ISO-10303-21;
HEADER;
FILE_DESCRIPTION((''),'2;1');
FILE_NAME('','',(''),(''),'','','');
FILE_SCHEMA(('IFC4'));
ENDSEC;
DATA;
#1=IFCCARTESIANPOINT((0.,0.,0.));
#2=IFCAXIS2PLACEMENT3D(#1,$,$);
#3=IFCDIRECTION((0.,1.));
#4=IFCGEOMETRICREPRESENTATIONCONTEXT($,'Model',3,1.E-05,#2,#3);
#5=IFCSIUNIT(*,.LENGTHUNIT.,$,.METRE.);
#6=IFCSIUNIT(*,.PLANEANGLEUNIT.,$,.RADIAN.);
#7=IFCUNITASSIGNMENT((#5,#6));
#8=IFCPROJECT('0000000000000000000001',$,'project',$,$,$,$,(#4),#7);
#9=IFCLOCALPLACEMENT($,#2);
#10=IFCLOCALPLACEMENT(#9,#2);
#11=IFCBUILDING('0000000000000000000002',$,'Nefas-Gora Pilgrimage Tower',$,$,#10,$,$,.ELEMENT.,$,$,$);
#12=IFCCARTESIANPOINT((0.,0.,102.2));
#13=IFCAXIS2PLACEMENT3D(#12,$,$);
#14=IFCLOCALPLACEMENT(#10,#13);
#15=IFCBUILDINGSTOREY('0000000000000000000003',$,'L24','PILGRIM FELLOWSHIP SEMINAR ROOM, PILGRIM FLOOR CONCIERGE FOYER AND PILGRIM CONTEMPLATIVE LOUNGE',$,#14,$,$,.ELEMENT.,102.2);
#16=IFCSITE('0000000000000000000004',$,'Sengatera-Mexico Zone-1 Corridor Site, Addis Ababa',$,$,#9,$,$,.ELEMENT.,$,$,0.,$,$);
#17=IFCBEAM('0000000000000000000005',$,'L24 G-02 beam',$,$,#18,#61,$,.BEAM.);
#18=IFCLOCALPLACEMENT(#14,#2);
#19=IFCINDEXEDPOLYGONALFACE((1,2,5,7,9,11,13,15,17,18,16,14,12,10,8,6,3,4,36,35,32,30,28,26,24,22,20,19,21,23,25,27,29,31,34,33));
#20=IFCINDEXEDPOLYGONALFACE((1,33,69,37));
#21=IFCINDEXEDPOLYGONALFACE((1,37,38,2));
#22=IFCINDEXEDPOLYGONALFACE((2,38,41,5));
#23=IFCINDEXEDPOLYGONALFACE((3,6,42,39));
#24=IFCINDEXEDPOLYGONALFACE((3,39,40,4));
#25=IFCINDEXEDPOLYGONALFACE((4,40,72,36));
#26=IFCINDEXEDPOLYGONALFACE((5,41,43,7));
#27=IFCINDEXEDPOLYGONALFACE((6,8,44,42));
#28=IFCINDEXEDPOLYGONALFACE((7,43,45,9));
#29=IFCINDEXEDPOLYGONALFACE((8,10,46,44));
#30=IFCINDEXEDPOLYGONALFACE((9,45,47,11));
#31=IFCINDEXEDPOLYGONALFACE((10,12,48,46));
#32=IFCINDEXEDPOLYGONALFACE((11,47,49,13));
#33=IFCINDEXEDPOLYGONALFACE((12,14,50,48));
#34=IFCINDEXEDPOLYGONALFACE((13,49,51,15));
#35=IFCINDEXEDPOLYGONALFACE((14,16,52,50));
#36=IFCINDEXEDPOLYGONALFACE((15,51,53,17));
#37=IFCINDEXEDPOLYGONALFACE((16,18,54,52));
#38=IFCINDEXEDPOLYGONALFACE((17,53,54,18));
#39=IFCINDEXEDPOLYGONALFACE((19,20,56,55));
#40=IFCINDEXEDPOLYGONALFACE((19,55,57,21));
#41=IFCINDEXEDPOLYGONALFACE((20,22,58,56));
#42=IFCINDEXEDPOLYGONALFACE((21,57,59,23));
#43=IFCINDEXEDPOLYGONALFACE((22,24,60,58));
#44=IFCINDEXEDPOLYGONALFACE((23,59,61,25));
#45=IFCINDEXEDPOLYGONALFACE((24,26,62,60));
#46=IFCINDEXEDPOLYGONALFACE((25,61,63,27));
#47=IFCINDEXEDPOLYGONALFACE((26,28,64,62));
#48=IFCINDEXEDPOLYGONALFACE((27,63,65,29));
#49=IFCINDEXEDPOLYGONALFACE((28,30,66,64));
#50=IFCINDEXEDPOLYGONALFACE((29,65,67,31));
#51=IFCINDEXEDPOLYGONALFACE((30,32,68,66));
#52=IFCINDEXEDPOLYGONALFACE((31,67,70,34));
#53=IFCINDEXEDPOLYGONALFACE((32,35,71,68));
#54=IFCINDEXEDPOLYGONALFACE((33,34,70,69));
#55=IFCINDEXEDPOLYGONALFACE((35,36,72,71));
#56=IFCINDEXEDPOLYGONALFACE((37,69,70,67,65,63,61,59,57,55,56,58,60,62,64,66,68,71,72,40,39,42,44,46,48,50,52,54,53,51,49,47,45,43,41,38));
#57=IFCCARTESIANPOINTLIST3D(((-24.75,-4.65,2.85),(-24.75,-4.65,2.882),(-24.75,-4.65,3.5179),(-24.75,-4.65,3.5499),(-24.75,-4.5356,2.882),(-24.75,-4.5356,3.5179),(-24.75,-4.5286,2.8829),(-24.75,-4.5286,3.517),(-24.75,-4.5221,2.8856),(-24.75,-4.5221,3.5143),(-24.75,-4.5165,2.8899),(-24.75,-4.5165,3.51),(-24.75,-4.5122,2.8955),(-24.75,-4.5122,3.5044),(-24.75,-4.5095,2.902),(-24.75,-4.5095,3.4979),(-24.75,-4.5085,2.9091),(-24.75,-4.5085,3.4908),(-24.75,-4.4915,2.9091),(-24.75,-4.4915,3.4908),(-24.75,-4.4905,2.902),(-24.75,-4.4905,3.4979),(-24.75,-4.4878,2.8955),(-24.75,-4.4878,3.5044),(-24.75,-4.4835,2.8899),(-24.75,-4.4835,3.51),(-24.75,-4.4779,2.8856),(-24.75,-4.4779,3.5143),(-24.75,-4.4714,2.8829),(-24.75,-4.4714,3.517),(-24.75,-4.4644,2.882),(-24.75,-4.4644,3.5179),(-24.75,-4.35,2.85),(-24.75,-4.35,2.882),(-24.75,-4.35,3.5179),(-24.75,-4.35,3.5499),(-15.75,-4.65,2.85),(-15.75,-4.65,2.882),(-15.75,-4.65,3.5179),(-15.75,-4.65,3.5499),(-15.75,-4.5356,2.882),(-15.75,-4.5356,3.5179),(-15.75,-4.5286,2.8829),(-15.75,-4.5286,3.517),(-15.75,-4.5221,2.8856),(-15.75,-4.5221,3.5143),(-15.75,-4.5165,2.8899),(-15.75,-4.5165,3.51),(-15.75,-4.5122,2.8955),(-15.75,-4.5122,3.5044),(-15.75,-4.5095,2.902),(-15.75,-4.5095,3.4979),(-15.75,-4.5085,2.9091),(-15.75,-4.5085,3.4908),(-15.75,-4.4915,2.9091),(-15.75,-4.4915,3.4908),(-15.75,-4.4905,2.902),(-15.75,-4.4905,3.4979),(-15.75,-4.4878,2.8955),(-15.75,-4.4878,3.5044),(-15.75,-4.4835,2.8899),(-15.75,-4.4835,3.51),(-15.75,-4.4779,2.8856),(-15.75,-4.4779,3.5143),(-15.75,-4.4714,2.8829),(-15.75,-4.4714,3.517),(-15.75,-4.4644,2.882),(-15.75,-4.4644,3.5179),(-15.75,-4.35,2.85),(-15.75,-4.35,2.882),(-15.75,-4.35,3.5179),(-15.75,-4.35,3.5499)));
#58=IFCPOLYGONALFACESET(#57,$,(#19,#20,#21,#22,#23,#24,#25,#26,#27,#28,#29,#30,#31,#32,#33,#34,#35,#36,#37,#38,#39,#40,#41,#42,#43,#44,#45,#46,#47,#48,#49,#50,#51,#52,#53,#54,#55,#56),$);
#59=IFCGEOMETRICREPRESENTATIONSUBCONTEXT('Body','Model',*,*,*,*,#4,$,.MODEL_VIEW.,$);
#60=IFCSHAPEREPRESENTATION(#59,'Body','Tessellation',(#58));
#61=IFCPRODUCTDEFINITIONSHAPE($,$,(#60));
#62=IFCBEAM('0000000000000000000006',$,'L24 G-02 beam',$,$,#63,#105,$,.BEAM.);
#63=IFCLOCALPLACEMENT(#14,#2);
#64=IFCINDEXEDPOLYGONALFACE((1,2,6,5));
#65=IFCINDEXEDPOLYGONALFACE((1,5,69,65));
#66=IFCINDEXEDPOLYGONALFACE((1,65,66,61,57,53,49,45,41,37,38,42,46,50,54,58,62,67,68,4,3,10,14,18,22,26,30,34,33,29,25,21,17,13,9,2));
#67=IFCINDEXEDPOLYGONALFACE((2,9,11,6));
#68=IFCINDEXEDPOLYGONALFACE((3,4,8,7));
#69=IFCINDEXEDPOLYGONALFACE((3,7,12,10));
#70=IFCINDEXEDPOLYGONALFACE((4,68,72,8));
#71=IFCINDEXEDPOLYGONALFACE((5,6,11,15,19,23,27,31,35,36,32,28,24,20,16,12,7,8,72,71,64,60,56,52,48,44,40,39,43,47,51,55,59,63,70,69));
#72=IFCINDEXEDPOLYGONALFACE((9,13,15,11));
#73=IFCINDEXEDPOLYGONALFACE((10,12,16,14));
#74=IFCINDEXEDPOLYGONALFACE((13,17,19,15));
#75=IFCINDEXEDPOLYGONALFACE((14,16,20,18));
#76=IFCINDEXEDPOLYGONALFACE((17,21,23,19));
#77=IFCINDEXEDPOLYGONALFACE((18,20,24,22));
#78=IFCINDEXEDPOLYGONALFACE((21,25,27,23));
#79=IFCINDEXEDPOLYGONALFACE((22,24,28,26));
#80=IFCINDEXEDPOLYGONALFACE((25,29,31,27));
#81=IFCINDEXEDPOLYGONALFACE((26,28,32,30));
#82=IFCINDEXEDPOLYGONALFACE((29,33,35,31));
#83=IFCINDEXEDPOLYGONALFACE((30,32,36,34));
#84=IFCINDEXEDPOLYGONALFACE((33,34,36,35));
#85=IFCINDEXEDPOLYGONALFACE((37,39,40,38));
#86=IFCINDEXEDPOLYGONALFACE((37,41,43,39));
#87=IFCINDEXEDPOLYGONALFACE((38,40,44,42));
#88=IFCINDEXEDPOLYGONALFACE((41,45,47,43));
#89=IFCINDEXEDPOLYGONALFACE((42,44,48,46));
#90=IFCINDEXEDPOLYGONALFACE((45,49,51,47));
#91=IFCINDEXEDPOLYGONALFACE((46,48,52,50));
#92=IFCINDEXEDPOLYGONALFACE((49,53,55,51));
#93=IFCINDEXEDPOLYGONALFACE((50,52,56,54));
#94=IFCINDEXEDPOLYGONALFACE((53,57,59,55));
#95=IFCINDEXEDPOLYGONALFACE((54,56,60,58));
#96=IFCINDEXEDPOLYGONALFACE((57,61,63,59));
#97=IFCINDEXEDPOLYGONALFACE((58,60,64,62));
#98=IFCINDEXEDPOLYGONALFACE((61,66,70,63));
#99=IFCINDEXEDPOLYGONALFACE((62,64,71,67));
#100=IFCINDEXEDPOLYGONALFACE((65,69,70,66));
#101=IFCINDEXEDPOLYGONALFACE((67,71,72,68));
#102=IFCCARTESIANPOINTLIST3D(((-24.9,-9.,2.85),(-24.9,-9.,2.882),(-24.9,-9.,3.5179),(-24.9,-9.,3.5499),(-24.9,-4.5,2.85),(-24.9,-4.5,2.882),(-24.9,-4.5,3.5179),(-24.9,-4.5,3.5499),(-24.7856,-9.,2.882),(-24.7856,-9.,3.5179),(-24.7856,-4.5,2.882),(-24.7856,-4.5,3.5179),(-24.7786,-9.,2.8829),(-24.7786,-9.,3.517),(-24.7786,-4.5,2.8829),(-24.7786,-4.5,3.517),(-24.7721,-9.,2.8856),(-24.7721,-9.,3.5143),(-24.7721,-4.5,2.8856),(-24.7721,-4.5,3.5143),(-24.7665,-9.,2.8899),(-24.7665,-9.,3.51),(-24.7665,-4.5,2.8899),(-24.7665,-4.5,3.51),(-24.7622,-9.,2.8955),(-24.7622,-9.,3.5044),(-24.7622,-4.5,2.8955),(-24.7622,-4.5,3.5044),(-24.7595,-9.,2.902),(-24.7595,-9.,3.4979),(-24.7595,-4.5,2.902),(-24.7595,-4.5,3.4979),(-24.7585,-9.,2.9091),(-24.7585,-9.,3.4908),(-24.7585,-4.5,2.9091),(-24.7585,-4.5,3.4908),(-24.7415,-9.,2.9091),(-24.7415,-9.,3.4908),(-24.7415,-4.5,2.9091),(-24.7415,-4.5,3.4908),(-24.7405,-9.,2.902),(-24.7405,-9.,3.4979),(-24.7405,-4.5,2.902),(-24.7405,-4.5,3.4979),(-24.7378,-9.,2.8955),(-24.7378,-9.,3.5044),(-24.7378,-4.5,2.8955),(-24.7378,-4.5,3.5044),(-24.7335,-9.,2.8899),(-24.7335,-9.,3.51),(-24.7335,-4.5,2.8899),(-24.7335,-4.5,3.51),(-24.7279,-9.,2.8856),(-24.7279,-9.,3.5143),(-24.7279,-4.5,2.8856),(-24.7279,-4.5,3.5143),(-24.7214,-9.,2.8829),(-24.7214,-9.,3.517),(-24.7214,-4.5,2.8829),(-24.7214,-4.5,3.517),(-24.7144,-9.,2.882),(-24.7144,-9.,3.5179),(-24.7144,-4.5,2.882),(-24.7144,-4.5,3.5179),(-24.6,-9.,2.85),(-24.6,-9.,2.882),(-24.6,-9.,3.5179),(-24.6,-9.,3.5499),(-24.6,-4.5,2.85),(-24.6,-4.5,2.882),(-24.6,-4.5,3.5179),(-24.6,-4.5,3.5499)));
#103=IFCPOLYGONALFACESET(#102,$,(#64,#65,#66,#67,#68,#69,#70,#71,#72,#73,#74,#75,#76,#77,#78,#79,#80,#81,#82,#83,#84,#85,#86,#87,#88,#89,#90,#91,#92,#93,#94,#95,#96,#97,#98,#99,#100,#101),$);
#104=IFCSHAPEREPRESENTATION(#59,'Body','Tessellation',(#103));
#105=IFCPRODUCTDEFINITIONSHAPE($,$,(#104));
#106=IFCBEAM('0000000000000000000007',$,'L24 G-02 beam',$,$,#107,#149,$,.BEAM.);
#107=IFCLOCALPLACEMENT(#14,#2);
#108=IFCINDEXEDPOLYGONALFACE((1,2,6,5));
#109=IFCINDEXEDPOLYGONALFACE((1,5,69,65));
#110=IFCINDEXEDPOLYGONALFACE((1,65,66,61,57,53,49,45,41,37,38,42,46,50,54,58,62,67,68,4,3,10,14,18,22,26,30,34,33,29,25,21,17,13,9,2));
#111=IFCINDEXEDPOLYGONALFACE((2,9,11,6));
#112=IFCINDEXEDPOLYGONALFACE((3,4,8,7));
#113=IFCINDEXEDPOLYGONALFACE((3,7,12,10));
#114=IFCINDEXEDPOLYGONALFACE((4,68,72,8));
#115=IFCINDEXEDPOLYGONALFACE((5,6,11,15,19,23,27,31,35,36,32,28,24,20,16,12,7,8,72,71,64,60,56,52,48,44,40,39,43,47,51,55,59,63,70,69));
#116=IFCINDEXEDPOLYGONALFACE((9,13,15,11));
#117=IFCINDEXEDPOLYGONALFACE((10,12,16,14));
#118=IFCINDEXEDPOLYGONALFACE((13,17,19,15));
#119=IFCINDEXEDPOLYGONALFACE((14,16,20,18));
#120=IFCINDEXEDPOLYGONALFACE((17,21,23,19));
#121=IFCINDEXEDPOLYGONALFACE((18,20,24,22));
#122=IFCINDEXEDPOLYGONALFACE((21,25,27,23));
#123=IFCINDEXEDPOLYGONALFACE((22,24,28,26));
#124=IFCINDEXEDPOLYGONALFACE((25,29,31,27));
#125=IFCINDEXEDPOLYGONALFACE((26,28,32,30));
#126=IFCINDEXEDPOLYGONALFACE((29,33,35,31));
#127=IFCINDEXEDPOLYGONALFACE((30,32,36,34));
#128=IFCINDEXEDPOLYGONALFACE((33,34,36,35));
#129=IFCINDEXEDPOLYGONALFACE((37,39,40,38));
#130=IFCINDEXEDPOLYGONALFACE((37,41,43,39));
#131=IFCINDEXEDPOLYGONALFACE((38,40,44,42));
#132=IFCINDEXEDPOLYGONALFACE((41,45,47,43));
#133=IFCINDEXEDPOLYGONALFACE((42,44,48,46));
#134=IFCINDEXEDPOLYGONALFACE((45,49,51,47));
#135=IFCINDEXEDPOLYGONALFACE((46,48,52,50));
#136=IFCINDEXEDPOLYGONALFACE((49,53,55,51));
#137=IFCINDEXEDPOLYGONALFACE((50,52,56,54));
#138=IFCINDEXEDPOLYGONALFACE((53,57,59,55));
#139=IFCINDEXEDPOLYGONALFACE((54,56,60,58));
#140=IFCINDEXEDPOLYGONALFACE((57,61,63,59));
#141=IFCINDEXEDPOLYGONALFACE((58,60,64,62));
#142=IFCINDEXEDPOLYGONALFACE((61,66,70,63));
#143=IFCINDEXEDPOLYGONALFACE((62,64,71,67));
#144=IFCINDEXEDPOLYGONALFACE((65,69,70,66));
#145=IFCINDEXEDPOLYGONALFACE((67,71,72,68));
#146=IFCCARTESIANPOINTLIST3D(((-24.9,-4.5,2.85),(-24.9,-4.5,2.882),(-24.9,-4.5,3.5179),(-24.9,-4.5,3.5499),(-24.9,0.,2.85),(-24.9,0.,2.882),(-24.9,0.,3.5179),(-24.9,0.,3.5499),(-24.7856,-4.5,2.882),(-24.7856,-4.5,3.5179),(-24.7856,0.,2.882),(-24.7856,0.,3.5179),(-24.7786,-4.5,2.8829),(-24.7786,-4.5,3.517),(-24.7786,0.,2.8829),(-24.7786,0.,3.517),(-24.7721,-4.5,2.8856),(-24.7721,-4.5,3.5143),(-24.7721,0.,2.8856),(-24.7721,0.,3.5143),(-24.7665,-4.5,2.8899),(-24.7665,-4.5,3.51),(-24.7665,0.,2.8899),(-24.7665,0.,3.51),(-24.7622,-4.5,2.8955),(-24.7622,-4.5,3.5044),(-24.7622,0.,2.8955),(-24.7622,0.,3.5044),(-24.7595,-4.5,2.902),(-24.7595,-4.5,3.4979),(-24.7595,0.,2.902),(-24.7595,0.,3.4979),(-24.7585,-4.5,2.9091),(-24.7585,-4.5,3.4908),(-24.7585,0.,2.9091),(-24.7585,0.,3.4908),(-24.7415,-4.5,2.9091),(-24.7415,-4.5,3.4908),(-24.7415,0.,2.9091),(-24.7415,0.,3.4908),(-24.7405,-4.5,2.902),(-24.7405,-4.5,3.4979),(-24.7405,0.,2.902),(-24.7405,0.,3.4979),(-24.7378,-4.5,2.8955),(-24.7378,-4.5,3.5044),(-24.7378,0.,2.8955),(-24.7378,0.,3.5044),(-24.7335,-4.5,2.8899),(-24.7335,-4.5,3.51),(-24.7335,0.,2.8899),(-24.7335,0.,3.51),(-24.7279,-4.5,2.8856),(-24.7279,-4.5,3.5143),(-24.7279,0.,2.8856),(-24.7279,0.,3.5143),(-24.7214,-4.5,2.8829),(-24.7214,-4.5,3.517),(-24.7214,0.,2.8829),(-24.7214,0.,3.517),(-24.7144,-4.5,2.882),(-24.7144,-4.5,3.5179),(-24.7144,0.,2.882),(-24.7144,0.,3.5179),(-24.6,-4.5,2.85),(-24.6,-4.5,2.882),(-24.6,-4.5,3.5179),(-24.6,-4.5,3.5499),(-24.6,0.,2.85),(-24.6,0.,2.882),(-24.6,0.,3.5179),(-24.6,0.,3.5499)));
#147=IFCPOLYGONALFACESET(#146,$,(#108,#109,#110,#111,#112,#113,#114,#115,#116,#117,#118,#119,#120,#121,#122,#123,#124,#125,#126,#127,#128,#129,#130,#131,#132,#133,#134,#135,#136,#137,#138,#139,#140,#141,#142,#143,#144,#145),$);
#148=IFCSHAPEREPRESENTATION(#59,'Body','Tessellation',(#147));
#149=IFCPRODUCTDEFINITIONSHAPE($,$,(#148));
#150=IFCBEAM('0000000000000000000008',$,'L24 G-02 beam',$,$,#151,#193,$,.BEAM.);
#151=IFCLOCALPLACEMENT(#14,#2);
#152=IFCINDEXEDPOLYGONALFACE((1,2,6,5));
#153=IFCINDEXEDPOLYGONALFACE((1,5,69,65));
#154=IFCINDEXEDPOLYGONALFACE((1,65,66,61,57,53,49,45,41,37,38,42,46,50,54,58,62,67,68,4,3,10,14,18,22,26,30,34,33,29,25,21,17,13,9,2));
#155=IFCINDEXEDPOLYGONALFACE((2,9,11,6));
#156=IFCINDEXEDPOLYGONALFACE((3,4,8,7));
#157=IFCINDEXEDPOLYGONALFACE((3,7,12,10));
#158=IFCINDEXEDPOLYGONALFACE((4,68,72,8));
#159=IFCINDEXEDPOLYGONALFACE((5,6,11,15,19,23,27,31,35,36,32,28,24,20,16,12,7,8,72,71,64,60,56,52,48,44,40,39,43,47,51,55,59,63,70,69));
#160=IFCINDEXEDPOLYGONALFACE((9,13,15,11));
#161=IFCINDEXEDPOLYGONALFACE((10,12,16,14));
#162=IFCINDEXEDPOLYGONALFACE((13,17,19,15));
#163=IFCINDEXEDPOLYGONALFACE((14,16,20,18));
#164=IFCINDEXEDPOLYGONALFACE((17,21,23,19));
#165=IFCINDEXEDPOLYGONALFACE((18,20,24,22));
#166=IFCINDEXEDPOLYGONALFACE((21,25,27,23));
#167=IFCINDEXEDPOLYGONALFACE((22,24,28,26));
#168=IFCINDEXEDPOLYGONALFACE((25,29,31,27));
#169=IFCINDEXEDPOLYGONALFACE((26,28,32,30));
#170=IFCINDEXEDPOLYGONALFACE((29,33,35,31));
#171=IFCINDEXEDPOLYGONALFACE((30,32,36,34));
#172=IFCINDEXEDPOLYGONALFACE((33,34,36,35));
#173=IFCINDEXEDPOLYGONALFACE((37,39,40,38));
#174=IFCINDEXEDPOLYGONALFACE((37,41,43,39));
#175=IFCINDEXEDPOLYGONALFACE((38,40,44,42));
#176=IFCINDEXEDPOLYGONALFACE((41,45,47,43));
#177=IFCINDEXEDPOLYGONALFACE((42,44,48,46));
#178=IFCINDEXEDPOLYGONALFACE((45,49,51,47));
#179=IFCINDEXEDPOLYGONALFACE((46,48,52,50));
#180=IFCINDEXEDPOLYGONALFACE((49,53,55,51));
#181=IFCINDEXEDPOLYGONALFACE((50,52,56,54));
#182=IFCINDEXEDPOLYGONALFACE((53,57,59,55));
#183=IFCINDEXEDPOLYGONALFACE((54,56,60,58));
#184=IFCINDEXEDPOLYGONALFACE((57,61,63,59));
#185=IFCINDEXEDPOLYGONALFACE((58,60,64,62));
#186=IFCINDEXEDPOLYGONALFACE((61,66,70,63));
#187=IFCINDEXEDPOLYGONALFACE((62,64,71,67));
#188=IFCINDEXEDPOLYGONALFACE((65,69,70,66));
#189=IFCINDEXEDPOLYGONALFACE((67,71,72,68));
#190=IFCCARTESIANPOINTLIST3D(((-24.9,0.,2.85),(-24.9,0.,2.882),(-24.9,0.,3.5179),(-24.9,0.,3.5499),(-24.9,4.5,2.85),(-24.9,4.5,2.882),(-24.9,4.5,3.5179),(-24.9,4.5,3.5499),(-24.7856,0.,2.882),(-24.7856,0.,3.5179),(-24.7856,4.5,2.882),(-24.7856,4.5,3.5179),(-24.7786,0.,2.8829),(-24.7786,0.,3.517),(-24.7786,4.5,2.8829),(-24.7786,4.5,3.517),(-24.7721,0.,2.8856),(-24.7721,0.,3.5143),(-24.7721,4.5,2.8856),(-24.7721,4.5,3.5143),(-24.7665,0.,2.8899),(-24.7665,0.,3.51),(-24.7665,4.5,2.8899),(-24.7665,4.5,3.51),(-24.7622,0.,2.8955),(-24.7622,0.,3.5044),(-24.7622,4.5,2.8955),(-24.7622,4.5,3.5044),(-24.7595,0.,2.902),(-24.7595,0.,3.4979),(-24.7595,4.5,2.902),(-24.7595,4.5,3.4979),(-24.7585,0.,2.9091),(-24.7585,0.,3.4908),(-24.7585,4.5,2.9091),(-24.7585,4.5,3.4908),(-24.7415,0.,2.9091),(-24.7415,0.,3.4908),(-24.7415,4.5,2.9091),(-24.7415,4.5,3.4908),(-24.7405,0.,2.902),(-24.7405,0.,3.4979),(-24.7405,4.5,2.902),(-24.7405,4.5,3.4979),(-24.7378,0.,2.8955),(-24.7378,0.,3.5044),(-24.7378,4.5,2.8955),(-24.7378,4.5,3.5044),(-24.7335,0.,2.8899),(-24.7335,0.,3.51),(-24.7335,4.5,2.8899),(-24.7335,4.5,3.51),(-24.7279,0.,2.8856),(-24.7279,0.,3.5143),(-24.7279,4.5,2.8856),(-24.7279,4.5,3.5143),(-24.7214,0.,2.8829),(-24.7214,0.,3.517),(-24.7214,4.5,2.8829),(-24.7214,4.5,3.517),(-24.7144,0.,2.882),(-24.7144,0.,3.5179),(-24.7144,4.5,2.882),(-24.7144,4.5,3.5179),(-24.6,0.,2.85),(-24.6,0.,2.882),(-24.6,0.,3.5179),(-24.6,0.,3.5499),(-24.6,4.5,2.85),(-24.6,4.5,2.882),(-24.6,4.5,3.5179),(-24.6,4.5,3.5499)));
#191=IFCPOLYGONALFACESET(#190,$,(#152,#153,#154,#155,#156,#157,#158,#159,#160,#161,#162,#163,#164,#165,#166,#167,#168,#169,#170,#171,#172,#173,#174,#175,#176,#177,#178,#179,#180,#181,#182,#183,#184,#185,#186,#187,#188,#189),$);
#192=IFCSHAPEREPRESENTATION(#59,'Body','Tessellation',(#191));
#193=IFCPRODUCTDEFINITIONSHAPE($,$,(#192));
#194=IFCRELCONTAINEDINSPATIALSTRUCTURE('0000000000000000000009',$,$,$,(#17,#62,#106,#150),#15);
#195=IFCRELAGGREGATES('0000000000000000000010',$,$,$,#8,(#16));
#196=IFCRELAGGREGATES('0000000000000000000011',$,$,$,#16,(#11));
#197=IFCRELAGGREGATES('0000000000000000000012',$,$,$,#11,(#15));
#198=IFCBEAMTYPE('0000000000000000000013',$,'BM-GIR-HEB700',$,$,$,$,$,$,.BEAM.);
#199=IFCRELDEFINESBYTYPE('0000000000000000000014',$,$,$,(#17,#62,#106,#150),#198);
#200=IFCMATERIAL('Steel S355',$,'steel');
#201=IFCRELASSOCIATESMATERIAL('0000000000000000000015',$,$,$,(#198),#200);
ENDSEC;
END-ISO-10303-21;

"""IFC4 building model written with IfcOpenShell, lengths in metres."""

from ifc_helpers import new_model, si_unit, direction, frame, origin, origin_2d, place, context, subcontext, project, spatial, i_section, extrude, source, transform, mapped, material, material_profile, profile_set, type_object, element, save


model = new_model("IFC4")

# Units and contexts
model_context = context("Model", 3, precision=1e-05, world=origin(), true_north=direction((0.0, 1.0)))
body_context = subcontext(model_context, "Body", "Model", "MODEL_VIEW")
ifc_project = project(units=[si_unit("LENGTHUNIT", "METRE"), si_unit("PLANEANGLEUNIT", "RADIAN")], contexts=[model_context])

# Site, building, storey
site_placement = place(None, origin())
site = spatial("IfcSite", under=ifc_project, at=site_placement, Name="Sengatera-Mexico Zone-1 Corridor Site, Addis Ababa", CompositionType="ELEMENT", RefElevation=0.0)
building_placement = place(site_placement, origin())
building = spatial("IfcBuilding", under=site, at=building_placement, Name="Nefas-Gora Pilgrimage Tower", CompositionType="ELEMENT")
storey_placement = place(building_placement, frame((0.0, 0.0, 102.2)))
storey = spatial("IfcBuildingStorey", under=building, at=storey_placement, Name="L24", Description="PILGRIM FELLOWSHIP SEMINAR ROOM, PILGRIM FLOOR CONCIERGE FOYER AND PILGRIM CONTEMPLATIVE LOUNGE", CompositionType="ELEMENT", Elevation=102.2)

# Beams
ifc_material_1 = material(Name="Steel S355", Category="steel")
ifc_material_profile_1 = material_profile(ifc_material_1, i_section(OverallWidth=0.3, OverallDepth=0.7, WebThickness=0.0171, FlangeThickness=0.032, FilletRadius=0.0271, at=origin_2d()), Name="HEB 700")
ifc_profile_set_1 = profile_set([ifc_material_profile_1], Name="Steel S355")
beam_type_1 = type_object("IfcBeamType", Name="BM-GIR-HEB700", PredefinedType="BEAM", material=ifc_profile_set_1)
shared_shape_1 = source(origin(), body_context, "Body", "SweptSolid", [
    extrude(i_section(OverallWidth=0.3, OverallDepth=0.7, WebThickness=0.0171, FlangeThickness=0.032, FilletRadius=0.0271, at=origin_2d()), origin(), (0.0, 0.0, 1.0), 9.0),
])
for number, where, z_axis, x_axis, name in (
    (1, (-24.75, -4.5, 3.2), (1.0, 0.0, 0.0), (0.0, 1.0, 0.0), "L24 G-02 beam"),
):
    element("IfcBeam", number, at=place(storey_placement, frame(where, z_axis=z_axis, x_axis=x_axis)), inside=storey, type_object=beam_type_1, Name=name, PredefinedType="BEAM", context=body_context, shape_type="MappedRepresentation", body=[
        mapped(shared_shape_1, transform((0.0, 0.0, 0.0), x_axis=(1.0, 0.0, 0.0), y_axis=(0.0, 1.0, 0.0), z_axis=(0.0, 0.0, 1.0), scale=1.0)),
    ])
shared_shape_2 = source(origin(), body_context, "Body", "SweptSolid", [
    extrude(i_section(OverallWidth=0.3, OverallDepth=0.7, WebThickness=0.0171, FlangeThickness=0.032, FilletRadius=0.0271, at=origin_2d()), origin(), (0.0, 0.0, 1.0), 4.5),
])
for number, where, z_axis, x_axis, name in (
    (2, (-24.75, -9.0, 3.2), (0.0, 1.0, 0.0), (-1.0, 0.0, 0.0), "L24 G-02 beam"),
    (3, (-24.75, -4.5, 3.2), (0.0, 1.0, 0.0), (-1.0, 0.0, 0.0), "L24 G-02 beam"),
    (4, (-24.75, 0.0, 3.2), (0.0, 1.0, 0.0), (-1.0, 0.0, 0.0), "L24 G-02 beam"),
):
    element("IfcBeam", number, at=place(storey_placement, frame(where, z_axis=z_axis, x_axis=x_axis)), inside=storey, type_object=beam_type_1, Name=name, PredefinedType="BEAM", context=body_context, shape_type="MappedRepresentation", body=[
        mapped(shared_shape_2, transform((0.0, 0.0, 0.0), x_axis=(1.0, 0.0, 0.0), y_axis=(0.0, 1.0, 0.0), z_axis=(0.0, 0.0, 1.0), scale=1.0)),
    ])

save(model, "model.ifc")
